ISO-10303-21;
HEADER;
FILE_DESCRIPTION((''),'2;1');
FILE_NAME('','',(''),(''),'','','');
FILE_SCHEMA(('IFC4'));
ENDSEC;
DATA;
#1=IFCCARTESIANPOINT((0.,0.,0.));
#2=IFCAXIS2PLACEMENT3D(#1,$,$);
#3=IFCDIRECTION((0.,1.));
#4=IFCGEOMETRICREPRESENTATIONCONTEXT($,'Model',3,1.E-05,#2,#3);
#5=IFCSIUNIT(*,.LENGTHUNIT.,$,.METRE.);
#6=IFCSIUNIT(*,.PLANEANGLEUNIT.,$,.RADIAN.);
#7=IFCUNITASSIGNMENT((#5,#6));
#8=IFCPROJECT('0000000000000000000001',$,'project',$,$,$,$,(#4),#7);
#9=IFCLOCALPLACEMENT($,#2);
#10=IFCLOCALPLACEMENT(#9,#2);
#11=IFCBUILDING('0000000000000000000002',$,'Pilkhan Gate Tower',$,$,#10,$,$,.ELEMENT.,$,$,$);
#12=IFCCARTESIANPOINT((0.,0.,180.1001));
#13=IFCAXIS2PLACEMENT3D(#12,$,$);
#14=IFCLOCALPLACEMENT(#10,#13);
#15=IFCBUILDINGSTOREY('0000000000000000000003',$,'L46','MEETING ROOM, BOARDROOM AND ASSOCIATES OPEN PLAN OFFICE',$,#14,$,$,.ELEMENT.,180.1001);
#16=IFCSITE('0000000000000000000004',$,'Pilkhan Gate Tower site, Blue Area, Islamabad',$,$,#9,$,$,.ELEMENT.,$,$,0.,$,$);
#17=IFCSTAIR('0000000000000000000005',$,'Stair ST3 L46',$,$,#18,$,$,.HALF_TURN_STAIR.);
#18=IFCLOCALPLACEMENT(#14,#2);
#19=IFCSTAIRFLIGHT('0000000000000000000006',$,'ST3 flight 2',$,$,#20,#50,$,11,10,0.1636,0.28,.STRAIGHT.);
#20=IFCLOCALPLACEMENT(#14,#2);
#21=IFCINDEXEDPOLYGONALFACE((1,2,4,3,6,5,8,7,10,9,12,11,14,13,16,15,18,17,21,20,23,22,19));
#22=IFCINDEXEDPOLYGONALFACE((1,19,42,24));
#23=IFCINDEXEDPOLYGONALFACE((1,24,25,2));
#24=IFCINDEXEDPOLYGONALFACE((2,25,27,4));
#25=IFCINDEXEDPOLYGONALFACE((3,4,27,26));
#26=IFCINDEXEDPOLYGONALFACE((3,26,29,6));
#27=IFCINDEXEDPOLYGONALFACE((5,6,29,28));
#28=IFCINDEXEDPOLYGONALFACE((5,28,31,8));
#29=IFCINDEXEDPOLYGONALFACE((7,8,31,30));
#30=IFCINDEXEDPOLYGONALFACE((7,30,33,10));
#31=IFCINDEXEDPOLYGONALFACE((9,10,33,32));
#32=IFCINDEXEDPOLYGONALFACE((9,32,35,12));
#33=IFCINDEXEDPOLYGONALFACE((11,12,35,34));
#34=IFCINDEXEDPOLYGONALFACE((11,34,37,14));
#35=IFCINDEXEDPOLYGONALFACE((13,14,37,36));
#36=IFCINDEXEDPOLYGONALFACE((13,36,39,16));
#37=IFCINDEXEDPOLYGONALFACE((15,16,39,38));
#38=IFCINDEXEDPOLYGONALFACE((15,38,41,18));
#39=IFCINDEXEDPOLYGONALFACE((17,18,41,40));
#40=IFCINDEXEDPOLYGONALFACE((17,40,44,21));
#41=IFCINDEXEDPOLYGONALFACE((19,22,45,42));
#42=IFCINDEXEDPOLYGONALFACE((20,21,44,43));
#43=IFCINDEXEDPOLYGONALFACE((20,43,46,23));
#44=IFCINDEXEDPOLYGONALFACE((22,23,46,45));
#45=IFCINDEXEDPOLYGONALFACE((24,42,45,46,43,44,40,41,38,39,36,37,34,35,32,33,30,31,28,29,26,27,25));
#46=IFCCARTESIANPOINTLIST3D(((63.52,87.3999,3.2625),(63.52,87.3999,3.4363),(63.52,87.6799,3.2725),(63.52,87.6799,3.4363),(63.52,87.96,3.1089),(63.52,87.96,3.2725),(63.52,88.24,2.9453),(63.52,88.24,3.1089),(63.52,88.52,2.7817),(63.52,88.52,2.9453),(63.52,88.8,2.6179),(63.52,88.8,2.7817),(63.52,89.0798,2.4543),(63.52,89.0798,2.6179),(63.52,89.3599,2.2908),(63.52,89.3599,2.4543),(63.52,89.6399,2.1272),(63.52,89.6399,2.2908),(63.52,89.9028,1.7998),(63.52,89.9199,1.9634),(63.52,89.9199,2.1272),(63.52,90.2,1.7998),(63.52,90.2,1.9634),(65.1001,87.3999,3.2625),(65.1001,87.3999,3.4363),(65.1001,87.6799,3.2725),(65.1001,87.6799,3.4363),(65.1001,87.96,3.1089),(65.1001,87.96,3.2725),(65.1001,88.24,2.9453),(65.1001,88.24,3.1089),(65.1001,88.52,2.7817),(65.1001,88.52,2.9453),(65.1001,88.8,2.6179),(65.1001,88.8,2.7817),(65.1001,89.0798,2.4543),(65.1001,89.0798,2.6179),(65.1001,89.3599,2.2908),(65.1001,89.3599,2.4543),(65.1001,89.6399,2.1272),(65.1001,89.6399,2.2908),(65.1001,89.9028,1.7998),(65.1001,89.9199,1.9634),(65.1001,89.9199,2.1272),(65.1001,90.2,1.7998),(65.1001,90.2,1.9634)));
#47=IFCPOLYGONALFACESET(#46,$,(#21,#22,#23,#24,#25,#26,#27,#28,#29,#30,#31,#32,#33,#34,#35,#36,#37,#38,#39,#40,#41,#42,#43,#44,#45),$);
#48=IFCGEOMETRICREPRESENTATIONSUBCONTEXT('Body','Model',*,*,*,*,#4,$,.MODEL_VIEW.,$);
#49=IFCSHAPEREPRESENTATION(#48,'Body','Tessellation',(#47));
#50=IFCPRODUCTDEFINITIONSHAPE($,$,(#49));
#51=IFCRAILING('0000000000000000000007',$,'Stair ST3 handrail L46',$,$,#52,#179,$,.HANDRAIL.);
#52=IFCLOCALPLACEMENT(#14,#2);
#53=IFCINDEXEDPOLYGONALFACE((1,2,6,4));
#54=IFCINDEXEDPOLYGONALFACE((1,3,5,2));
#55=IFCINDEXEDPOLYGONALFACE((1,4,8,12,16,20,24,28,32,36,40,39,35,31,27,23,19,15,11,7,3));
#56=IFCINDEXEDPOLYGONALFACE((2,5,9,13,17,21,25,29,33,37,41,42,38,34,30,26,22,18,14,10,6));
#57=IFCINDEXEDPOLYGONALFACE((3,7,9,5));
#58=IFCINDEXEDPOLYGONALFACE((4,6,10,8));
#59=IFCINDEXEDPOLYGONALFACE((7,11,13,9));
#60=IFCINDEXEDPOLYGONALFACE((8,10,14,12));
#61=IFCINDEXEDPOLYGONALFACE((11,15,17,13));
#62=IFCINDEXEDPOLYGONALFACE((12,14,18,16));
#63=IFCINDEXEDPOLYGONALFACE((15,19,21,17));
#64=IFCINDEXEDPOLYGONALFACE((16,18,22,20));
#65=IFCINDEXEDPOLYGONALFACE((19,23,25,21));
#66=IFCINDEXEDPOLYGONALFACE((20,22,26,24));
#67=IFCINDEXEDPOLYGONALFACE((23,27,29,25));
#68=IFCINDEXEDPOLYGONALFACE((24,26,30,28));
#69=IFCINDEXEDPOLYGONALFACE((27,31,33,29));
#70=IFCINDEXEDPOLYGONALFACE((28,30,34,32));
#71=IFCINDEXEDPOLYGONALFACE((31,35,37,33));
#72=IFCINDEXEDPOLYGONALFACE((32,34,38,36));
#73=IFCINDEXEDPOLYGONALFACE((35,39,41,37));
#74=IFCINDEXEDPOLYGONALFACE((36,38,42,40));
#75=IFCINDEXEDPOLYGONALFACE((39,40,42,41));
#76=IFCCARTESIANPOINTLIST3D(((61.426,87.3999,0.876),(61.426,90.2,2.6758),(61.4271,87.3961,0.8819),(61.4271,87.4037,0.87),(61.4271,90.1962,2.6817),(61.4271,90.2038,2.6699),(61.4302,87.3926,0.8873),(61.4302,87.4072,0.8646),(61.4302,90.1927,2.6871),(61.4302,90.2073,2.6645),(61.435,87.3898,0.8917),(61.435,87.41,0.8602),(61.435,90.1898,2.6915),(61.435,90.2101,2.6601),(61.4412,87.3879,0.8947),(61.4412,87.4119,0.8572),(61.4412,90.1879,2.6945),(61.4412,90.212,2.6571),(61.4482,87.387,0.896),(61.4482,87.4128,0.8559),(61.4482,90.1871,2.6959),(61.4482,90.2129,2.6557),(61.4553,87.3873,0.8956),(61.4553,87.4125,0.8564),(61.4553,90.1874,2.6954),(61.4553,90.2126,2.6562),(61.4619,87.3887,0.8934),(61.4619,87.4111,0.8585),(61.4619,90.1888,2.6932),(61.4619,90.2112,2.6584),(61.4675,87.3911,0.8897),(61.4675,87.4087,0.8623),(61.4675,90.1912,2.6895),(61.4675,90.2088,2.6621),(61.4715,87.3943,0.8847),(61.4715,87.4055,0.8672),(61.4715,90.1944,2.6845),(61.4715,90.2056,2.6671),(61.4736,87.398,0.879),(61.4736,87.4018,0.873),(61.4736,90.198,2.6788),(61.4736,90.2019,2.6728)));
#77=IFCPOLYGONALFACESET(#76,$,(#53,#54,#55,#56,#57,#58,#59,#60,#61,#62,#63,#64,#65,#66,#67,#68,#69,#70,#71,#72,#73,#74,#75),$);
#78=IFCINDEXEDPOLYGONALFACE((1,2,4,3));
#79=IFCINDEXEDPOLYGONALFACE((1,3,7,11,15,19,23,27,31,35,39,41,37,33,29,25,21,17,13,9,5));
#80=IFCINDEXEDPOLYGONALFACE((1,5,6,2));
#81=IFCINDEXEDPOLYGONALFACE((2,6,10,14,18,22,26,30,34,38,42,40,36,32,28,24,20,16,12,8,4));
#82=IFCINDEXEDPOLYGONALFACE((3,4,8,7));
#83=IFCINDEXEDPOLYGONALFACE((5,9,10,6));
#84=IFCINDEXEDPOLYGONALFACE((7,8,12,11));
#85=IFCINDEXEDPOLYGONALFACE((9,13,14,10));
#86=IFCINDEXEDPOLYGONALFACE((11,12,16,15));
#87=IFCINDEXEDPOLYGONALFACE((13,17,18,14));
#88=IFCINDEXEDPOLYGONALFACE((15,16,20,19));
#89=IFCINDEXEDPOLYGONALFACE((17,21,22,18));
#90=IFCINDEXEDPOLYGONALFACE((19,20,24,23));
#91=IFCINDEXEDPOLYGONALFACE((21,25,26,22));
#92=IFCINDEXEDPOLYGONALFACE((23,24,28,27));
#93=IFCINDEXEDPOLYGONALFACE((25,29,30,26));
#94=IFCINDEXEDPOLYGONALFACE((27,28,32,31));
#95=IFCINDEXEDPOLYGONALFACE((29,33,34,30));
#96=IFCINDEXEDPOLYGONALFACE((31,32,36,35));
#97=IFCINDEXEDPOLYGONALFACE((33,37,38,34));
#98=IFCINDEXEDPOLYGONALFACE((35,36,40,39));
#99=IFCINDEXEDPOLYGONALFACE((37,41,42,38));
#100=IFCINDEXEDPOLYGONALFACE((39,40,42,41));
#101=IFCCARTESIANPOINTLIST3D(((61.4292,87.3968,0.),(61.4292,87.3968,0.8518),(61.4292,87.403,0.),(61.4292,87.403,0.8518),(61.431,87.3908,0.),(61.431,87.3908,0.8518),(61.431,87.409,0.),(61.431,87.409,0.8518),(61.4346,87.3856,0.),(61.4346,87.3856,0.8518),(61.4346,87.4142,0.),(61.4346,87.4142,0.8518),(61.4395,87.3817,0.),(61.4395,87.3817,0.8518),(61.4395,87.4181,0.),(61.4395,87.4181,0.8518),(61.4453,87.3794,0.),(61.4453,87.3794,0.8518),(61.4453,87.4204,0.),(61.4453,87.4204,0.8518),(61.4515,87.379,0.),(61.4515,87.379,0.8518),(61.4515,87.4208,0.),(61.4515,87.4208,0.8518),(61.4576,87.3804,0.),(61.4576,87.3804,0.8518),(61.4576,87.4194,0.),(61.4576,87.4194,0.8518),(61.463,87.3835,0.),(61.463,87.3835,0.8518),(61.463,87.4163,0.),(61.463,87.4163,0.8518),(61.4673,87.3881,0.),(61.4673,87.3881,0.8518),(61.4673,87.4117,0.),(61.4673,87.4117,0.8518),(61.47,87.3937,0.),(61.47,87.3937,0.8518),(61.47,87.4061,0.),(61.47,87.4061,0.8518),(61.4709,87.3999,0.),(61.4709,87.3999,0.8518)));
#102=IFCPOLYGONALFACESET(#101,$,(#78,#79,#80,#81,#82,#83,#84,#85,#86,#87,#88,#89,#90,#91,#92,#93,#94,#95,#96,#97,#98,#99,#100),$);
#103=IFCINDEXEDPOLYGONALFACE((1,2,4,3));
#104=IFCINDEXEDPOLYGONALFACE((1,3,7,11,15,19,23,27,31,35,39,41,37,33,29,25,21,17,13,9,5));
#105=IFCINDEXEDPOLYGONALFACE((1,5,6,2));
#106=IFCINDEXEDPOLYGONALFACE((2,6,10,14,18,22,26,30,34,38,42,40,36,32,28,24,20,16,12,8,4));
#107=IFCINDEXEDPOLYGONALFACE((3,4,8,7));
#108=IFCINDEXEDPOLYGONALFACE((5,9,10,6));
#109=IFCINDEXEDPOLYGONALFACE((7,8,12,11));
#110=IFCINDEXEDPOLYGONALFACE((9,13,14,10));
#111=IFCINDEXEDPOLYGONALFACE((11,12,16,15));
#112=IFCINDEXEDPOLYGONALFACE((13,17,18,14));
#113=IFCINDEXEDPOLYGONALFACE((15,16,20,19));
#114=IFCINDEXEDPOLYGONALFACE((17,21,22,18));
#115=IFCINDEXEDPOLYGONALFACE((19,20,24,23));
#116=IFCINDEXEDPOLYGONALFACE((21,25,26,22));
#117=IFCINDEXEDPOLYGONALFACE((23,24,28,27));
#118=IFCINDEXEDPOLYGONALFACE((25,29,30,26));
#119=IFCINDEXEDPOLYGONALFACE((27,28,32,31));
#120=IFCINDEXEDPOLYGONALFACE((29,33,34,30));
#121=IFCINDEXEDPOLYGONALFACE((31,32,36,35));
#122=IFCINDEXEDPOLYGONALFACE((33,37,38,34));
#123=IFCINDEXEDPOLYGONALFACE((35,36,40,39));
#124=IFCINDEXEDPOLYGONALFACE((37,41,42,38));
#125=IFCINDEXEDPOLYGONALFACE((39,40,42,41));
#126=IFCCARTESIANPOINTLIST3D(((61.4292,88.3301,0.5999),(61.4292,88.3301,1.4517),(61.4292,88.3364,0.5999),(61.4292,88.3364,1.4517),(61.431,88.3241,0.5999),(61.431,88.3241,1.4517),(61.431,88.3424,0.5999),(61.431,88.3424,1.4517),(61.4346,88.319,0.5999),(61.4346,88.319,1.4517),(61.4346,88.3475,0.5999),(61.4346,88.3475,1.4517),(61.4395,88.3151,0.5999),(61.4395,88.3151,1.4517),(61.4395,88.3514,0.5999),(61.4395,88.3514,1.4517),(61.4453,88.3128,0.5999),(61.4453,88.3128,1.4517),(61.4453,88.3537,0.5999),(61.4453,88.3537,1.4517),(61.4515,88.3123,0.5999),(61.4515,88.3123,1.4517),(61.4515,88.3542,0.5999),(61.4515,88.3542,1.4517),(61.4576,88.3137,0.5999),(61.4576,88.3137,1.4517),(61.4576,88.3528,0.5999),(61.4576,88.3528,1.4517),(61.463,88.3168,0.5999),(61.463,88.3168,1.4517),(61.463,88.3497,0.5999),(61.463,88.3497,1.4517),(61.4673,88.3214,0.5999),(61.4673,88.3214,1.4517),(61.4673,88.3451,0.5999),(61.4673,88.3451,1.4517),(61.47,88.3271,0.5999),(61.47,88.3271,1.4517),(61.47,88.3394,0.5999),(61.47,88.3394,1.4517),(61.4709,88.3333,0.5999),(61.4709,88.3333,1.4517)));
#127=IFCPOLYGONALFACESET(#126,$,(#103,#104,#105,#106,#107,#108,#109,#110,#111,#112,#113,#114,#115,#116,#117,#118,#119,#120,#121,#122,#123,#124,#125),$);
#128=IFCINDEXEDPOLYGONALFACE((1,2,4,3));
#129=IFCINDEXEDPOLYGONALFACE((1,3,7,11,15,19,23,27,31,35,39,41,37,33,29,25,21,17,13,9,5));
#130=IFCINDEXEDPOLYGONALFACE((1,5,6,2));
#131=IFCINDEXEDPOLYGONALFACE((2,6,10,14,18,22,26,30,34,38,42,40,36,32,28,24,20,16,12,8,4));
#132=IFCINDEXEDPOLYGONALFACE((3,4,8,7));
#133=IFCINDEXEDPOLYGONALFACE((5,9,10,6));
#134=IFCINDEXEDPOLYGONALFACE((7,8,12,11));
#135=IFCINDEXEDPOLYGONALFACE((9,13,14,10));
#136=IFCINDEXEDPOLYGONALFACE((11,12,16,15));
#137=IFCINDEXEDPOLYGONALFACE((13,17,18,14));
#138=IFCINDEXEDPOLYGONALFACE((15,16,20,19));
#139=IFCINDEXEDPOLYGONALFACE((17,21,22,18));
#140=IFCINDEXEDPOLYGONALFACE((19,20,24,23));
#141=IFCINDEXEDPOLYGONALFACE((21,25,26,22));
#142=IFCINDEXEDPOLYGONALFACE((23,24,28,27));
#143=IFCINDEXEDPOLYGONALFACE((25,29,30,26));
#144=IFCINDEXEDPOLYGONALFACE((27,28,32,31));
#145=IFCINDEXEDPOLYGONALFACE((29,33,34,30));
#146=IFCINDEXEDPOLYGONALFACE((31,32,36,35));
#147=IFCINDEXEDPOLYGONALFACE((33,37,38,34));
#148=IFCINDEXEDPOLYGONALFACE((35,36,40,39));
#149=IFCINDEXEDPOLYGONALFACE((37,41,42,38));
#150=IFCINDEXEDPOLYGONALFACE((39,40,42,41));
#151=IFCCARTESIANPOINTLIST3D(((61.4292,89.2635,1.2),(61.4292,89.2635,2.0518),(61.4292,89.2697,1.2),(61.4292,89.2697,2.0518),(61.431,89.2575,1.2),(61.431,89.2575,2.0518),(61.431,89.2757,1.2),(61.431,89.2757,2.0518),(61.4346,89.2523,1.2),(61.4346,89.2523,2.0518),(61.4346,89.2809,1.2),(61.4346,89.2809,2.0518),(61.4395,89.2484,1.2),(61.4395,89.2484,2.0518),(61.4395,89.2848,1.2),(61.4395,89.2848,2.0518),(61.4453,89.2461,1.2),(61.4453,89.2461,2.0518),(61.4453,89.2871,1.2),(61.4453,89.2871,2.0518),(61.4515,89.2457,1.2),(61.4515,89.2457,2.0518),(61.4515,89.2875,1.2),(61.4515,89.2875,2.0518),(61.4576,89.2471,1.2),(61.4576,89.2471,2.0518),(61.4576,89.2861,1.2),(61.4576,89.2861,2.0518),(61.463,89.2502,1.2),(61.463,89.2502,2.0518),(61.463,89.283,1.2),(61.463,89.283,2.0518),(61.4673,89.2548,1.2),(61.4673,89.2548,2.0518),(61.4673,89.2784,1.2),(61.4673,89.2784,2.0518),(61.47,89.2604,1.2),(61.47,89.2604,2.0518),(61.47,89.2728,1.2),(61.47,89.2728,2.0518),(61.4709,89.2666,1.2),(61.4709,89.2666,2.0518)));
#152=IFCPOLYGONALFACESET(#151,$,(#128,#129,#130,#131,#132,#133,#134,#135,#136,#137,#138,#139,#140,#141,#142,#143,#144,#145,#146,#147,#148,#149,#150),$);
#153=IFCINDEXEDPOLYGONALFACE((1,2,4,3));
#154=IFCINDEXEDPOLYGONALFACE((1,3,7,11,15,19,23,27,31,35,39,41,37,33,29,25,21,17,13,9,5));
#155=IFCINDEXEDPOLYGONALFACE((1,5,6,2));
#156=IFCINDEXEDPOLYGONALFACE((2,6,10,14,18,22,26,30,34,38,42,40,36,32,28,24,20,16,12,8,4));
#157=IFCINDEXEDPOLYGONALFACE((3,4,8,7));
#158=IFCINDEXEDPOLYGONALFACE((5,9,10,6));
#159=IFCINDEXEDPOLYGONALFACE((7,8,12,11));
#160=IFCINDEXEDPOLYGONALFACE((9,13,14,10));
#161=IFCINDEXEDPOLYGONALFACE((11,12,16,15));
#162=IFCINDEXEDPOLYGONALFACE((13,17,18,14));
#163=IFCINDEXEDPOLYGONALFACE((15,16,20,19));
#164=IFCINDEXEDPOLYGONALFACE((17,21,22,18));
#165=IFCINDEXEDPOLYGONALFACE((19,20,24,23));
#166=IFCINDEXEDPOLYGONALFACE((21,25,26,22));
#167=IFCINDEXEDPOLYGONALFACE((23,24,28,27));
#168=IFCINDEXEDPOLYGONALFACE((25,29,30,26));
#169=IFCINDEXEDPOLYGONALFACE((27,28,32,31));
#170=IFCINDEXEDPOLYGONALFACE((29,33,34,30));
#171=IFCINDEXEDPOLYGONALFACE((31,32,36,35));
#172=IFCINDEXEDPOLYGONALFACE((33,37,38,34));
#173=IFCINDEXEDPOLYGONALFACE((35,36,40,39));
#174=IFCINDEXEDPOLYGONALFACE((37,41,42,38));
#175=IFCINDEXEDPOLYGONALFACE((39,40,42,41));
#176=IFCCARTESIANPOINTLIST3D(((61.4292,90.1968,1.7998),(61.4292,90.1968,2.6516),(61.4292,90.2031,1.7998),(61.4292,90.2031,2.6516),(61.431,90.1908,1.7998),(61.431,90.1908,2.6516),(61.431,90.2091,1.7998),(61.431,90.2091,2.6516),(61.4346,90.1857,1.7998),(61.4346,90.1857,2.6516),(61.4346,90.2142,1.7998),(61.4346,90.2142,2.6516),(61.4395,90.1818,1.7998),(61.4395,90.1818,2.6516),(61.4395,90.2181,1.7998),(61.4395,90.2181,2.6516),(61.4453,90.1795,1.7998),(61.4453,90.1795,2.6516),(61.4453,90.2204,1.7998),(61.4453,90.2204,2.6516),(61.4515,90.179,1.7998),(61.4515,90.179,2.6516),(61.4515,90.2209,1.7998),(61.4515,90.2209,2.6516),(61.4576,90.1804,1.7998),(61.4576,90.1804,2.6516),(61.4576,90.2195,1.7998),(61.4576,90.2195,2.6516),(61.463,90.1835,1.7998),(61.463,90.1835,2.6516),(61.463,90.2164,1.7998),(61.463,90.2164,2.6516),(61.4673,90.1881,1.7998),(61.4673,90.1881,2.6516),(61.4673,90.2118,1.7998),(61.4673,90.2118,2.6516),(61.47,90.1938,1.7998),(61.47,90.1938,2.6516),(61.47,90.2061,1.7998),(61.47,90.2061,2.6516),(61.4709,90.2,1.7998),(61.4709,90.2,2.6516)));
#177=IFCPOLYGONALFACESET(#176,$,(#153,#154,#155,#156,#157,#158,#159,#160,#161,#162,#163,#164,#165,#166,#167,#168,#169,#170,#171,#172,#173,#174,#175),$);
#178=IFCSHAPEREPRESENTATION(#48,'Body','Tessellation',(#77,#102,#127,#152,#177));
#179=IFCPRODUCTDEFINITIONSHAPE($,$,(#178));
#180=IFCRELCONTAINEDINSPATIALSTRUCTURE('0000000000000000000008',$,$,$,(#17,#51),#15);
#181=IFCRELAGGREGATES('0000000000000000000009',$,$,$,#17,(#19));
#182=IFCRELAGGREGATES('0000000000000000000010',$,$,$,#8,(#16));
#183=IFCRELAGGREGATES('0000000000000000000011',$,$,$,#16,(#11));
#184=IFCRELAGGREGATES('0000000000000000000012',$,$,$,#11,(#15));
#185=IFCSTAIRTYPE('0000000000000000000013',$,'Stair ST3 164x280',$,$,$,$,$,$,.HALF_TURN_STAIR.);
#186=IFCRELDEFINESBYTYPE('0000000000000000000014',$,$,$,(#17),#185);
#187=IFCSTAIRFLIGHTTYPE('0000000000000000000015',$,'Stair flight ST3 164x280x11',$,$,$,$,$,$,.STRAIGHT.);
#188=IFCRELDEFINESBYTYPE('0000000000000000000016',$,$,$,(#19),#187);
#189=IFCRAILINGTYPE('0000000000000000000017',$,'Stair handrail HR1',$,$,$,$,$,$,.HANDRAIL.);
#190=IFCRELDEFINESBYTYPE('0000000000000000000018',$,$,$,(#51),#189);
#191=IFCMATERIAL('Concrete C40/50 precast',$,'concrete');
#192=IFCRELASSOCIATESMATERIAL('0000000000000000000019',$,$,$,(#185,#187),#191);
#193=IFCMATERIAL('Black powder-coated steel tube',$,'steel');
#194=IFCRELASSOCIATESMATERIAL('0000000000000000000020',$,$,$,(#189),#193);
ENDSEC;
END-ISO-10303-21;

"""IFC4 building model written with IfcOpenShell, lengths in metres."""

from ifc_helpers import new_model, si_unit, direction, frame, origin, origin_2d, place, context, subcontext, project, spatial, polyline, circle, outline, extrude, material, type_object, element, aggregate, save


model = new_model("IFC4")

# Units and contexts
model_context = context("Model", 3, precision=1e-05, world=origin(), true_north=direction((0.0, 1.0)))
body_context = subcontext(model_context, "Body", "Model", "MODEL_VIEW")
ifc_project = project(units=[si_unit("LENGTHUNIT", "METRE"), si_unit("PLANEANGLEUNIT", "RADIAN")], contexts=[model_context])

# Site, building, storey
site_placement = place(None, origin())
site = spatial("IfcSite", under=ifc_project, at=site_placement, Name="Pilkhan Gate Tower site, Blue Area, Islamabad", CompositionType="ELEMENT", RefElevation=0.0)
building_placement = place(site_placement, origin())
building = spatial("IfcBuilding", under=site, at=building_placement, Name="Pilkhan Gate Tower", CompositionType="ELEMENT")
storey_placement = place(building_placement, frame((0.0, 0.0, 180.1001)))
storey = spatial("IfcBuildingStorey", under=building, at=storey_placement, Name="L46", Description="MEETING ROOM, BOARDROOM AND ASSOCIATES OPEN PLAN OFFICE", CompositionType="ELEMENT", Elevation=180.1001)

# Stair, stair flight
ifc_material_1 = material(Name="Concrete C40/50 precast", Category="concrete")
stair_type = type_object("IfcStairType", Name="Stair ST3 164x280", PredefinedType="HALF_TURN_STAIR", material=ifc_material_1)
stair_placement = place(storey_placement, origin())
stair = element("IfcStair", 1, at=stair_placement, inside=storey, type_object=stair_type, Name="Stair ST3 L46", PredefinedType="HALF_TURN_STAIR")
stair_flight_type = type_object("IfcStairFlightType", Name="Stair flight ST3 164x280x11", PredefinedType="STRAIGHT", material=ifc_material_1)
stair_flight_1_placement = place(storey_placement, frame((64.3101, 90.2, 1.7998), z_axis=(0.0, 0.0, 1.0), x_axis=(0.0, -1.0, 0.0)))
stair_flight_1 = element("IfcStairFlight", 2, at=stair_flight_1_placement, type_object=stair_flight_type, Name="ST3 flight 2", NumberOfRisers=11, NumberOfTreads=10, PredefinedType="STRAIGHT", RiserHeight=0.1636, TreadLength=0.28, context=body_context, shape_type="SweptSolid", body=[
    extrude(outline(polyline([(0.0, 0.0), (0.0, 0.1636), (0.28, 0.1636), (0.28, 0.3274), (0.5601, 0.3274), (0.5601, 0.491), (0.8401, 0.491), (0.8401, 0.6545), (1.1201, 0.6545), (1.1201, 0.8181), (1.3999, 0.8181), (1.3999, 0.9819), (1.6799, 0.9819), (1.6799, 1.1455), (1.96, 1.1455), (1.96, 1.3091), (2.24, 1.3091), (2.24, 1.4727), (2.52, 1.4727), (2.52, 1.6365), (2.8, 1.6365), (2.8, 1.8), (2.8, 1.4626), (0.2971, 0.0), (0.0, 0.0)])), frame((0.0, 0.79, 0.0), z_axis=(0.0, -1.0, 0.0), x_axis=(1.0, 0.0, 0.0)), (0.0, 0.0, 1.0), 1.5801),
])
aggregate(stair, [stair_flight_1])

# Railing
ifc_material_2 = material(Name="Black powder-coated steel tube", Category="steel")
railing_type_1 = type_object("IfcRailingType", Name="Stair handrail HR1", PredefinedType="HANDRAIL", material=ifc_material_2)
railing_1_placement = place(storey_placement, frame((61.45, 87.3999, 0.0)))
element("IfcRailing", 3, at=railing_1_placement, inside=storey, type_object=railing_type_1, Name="Stair ST3 handrail L46", PredefinedType="HANDRAIL", context=body_context, shape_type="SweptSolid", body=[
    extrude(circle(Radius=0.0239, at=origin_2d()), frame((0.0, 0.0, 0.876), z_axis=(0.0, 0.841209, 0.540709), x_axis=(-1.0, 0.0, 0.0)), (0.0, 0.0, 1.0), 3.3286),
    extrude(circle(Radius=0.021, at=origin_2d()), origin(), (0.0, 0.0, 1.0), 0.8518),
    extrude(circle(Radius=0.021, at=origin_2d()), frame((0.0, 0.9333, 0.5999)), (0.0, 0.0, 1.0), 0.8518),
    extrude(circle(Radius=0.021, at=origin_2d()), frame((0.0, 1.8667, 1.2)), (0.0, 0.0, 1.0), 0.8518),
    extrude(circle(Radius=0.021, at=origin_2d()), frame((0.0, 2.8, 1.7998)), (0.0, 0.0, 1.0), 0.8518),
])

save(model, "model.ifc")
